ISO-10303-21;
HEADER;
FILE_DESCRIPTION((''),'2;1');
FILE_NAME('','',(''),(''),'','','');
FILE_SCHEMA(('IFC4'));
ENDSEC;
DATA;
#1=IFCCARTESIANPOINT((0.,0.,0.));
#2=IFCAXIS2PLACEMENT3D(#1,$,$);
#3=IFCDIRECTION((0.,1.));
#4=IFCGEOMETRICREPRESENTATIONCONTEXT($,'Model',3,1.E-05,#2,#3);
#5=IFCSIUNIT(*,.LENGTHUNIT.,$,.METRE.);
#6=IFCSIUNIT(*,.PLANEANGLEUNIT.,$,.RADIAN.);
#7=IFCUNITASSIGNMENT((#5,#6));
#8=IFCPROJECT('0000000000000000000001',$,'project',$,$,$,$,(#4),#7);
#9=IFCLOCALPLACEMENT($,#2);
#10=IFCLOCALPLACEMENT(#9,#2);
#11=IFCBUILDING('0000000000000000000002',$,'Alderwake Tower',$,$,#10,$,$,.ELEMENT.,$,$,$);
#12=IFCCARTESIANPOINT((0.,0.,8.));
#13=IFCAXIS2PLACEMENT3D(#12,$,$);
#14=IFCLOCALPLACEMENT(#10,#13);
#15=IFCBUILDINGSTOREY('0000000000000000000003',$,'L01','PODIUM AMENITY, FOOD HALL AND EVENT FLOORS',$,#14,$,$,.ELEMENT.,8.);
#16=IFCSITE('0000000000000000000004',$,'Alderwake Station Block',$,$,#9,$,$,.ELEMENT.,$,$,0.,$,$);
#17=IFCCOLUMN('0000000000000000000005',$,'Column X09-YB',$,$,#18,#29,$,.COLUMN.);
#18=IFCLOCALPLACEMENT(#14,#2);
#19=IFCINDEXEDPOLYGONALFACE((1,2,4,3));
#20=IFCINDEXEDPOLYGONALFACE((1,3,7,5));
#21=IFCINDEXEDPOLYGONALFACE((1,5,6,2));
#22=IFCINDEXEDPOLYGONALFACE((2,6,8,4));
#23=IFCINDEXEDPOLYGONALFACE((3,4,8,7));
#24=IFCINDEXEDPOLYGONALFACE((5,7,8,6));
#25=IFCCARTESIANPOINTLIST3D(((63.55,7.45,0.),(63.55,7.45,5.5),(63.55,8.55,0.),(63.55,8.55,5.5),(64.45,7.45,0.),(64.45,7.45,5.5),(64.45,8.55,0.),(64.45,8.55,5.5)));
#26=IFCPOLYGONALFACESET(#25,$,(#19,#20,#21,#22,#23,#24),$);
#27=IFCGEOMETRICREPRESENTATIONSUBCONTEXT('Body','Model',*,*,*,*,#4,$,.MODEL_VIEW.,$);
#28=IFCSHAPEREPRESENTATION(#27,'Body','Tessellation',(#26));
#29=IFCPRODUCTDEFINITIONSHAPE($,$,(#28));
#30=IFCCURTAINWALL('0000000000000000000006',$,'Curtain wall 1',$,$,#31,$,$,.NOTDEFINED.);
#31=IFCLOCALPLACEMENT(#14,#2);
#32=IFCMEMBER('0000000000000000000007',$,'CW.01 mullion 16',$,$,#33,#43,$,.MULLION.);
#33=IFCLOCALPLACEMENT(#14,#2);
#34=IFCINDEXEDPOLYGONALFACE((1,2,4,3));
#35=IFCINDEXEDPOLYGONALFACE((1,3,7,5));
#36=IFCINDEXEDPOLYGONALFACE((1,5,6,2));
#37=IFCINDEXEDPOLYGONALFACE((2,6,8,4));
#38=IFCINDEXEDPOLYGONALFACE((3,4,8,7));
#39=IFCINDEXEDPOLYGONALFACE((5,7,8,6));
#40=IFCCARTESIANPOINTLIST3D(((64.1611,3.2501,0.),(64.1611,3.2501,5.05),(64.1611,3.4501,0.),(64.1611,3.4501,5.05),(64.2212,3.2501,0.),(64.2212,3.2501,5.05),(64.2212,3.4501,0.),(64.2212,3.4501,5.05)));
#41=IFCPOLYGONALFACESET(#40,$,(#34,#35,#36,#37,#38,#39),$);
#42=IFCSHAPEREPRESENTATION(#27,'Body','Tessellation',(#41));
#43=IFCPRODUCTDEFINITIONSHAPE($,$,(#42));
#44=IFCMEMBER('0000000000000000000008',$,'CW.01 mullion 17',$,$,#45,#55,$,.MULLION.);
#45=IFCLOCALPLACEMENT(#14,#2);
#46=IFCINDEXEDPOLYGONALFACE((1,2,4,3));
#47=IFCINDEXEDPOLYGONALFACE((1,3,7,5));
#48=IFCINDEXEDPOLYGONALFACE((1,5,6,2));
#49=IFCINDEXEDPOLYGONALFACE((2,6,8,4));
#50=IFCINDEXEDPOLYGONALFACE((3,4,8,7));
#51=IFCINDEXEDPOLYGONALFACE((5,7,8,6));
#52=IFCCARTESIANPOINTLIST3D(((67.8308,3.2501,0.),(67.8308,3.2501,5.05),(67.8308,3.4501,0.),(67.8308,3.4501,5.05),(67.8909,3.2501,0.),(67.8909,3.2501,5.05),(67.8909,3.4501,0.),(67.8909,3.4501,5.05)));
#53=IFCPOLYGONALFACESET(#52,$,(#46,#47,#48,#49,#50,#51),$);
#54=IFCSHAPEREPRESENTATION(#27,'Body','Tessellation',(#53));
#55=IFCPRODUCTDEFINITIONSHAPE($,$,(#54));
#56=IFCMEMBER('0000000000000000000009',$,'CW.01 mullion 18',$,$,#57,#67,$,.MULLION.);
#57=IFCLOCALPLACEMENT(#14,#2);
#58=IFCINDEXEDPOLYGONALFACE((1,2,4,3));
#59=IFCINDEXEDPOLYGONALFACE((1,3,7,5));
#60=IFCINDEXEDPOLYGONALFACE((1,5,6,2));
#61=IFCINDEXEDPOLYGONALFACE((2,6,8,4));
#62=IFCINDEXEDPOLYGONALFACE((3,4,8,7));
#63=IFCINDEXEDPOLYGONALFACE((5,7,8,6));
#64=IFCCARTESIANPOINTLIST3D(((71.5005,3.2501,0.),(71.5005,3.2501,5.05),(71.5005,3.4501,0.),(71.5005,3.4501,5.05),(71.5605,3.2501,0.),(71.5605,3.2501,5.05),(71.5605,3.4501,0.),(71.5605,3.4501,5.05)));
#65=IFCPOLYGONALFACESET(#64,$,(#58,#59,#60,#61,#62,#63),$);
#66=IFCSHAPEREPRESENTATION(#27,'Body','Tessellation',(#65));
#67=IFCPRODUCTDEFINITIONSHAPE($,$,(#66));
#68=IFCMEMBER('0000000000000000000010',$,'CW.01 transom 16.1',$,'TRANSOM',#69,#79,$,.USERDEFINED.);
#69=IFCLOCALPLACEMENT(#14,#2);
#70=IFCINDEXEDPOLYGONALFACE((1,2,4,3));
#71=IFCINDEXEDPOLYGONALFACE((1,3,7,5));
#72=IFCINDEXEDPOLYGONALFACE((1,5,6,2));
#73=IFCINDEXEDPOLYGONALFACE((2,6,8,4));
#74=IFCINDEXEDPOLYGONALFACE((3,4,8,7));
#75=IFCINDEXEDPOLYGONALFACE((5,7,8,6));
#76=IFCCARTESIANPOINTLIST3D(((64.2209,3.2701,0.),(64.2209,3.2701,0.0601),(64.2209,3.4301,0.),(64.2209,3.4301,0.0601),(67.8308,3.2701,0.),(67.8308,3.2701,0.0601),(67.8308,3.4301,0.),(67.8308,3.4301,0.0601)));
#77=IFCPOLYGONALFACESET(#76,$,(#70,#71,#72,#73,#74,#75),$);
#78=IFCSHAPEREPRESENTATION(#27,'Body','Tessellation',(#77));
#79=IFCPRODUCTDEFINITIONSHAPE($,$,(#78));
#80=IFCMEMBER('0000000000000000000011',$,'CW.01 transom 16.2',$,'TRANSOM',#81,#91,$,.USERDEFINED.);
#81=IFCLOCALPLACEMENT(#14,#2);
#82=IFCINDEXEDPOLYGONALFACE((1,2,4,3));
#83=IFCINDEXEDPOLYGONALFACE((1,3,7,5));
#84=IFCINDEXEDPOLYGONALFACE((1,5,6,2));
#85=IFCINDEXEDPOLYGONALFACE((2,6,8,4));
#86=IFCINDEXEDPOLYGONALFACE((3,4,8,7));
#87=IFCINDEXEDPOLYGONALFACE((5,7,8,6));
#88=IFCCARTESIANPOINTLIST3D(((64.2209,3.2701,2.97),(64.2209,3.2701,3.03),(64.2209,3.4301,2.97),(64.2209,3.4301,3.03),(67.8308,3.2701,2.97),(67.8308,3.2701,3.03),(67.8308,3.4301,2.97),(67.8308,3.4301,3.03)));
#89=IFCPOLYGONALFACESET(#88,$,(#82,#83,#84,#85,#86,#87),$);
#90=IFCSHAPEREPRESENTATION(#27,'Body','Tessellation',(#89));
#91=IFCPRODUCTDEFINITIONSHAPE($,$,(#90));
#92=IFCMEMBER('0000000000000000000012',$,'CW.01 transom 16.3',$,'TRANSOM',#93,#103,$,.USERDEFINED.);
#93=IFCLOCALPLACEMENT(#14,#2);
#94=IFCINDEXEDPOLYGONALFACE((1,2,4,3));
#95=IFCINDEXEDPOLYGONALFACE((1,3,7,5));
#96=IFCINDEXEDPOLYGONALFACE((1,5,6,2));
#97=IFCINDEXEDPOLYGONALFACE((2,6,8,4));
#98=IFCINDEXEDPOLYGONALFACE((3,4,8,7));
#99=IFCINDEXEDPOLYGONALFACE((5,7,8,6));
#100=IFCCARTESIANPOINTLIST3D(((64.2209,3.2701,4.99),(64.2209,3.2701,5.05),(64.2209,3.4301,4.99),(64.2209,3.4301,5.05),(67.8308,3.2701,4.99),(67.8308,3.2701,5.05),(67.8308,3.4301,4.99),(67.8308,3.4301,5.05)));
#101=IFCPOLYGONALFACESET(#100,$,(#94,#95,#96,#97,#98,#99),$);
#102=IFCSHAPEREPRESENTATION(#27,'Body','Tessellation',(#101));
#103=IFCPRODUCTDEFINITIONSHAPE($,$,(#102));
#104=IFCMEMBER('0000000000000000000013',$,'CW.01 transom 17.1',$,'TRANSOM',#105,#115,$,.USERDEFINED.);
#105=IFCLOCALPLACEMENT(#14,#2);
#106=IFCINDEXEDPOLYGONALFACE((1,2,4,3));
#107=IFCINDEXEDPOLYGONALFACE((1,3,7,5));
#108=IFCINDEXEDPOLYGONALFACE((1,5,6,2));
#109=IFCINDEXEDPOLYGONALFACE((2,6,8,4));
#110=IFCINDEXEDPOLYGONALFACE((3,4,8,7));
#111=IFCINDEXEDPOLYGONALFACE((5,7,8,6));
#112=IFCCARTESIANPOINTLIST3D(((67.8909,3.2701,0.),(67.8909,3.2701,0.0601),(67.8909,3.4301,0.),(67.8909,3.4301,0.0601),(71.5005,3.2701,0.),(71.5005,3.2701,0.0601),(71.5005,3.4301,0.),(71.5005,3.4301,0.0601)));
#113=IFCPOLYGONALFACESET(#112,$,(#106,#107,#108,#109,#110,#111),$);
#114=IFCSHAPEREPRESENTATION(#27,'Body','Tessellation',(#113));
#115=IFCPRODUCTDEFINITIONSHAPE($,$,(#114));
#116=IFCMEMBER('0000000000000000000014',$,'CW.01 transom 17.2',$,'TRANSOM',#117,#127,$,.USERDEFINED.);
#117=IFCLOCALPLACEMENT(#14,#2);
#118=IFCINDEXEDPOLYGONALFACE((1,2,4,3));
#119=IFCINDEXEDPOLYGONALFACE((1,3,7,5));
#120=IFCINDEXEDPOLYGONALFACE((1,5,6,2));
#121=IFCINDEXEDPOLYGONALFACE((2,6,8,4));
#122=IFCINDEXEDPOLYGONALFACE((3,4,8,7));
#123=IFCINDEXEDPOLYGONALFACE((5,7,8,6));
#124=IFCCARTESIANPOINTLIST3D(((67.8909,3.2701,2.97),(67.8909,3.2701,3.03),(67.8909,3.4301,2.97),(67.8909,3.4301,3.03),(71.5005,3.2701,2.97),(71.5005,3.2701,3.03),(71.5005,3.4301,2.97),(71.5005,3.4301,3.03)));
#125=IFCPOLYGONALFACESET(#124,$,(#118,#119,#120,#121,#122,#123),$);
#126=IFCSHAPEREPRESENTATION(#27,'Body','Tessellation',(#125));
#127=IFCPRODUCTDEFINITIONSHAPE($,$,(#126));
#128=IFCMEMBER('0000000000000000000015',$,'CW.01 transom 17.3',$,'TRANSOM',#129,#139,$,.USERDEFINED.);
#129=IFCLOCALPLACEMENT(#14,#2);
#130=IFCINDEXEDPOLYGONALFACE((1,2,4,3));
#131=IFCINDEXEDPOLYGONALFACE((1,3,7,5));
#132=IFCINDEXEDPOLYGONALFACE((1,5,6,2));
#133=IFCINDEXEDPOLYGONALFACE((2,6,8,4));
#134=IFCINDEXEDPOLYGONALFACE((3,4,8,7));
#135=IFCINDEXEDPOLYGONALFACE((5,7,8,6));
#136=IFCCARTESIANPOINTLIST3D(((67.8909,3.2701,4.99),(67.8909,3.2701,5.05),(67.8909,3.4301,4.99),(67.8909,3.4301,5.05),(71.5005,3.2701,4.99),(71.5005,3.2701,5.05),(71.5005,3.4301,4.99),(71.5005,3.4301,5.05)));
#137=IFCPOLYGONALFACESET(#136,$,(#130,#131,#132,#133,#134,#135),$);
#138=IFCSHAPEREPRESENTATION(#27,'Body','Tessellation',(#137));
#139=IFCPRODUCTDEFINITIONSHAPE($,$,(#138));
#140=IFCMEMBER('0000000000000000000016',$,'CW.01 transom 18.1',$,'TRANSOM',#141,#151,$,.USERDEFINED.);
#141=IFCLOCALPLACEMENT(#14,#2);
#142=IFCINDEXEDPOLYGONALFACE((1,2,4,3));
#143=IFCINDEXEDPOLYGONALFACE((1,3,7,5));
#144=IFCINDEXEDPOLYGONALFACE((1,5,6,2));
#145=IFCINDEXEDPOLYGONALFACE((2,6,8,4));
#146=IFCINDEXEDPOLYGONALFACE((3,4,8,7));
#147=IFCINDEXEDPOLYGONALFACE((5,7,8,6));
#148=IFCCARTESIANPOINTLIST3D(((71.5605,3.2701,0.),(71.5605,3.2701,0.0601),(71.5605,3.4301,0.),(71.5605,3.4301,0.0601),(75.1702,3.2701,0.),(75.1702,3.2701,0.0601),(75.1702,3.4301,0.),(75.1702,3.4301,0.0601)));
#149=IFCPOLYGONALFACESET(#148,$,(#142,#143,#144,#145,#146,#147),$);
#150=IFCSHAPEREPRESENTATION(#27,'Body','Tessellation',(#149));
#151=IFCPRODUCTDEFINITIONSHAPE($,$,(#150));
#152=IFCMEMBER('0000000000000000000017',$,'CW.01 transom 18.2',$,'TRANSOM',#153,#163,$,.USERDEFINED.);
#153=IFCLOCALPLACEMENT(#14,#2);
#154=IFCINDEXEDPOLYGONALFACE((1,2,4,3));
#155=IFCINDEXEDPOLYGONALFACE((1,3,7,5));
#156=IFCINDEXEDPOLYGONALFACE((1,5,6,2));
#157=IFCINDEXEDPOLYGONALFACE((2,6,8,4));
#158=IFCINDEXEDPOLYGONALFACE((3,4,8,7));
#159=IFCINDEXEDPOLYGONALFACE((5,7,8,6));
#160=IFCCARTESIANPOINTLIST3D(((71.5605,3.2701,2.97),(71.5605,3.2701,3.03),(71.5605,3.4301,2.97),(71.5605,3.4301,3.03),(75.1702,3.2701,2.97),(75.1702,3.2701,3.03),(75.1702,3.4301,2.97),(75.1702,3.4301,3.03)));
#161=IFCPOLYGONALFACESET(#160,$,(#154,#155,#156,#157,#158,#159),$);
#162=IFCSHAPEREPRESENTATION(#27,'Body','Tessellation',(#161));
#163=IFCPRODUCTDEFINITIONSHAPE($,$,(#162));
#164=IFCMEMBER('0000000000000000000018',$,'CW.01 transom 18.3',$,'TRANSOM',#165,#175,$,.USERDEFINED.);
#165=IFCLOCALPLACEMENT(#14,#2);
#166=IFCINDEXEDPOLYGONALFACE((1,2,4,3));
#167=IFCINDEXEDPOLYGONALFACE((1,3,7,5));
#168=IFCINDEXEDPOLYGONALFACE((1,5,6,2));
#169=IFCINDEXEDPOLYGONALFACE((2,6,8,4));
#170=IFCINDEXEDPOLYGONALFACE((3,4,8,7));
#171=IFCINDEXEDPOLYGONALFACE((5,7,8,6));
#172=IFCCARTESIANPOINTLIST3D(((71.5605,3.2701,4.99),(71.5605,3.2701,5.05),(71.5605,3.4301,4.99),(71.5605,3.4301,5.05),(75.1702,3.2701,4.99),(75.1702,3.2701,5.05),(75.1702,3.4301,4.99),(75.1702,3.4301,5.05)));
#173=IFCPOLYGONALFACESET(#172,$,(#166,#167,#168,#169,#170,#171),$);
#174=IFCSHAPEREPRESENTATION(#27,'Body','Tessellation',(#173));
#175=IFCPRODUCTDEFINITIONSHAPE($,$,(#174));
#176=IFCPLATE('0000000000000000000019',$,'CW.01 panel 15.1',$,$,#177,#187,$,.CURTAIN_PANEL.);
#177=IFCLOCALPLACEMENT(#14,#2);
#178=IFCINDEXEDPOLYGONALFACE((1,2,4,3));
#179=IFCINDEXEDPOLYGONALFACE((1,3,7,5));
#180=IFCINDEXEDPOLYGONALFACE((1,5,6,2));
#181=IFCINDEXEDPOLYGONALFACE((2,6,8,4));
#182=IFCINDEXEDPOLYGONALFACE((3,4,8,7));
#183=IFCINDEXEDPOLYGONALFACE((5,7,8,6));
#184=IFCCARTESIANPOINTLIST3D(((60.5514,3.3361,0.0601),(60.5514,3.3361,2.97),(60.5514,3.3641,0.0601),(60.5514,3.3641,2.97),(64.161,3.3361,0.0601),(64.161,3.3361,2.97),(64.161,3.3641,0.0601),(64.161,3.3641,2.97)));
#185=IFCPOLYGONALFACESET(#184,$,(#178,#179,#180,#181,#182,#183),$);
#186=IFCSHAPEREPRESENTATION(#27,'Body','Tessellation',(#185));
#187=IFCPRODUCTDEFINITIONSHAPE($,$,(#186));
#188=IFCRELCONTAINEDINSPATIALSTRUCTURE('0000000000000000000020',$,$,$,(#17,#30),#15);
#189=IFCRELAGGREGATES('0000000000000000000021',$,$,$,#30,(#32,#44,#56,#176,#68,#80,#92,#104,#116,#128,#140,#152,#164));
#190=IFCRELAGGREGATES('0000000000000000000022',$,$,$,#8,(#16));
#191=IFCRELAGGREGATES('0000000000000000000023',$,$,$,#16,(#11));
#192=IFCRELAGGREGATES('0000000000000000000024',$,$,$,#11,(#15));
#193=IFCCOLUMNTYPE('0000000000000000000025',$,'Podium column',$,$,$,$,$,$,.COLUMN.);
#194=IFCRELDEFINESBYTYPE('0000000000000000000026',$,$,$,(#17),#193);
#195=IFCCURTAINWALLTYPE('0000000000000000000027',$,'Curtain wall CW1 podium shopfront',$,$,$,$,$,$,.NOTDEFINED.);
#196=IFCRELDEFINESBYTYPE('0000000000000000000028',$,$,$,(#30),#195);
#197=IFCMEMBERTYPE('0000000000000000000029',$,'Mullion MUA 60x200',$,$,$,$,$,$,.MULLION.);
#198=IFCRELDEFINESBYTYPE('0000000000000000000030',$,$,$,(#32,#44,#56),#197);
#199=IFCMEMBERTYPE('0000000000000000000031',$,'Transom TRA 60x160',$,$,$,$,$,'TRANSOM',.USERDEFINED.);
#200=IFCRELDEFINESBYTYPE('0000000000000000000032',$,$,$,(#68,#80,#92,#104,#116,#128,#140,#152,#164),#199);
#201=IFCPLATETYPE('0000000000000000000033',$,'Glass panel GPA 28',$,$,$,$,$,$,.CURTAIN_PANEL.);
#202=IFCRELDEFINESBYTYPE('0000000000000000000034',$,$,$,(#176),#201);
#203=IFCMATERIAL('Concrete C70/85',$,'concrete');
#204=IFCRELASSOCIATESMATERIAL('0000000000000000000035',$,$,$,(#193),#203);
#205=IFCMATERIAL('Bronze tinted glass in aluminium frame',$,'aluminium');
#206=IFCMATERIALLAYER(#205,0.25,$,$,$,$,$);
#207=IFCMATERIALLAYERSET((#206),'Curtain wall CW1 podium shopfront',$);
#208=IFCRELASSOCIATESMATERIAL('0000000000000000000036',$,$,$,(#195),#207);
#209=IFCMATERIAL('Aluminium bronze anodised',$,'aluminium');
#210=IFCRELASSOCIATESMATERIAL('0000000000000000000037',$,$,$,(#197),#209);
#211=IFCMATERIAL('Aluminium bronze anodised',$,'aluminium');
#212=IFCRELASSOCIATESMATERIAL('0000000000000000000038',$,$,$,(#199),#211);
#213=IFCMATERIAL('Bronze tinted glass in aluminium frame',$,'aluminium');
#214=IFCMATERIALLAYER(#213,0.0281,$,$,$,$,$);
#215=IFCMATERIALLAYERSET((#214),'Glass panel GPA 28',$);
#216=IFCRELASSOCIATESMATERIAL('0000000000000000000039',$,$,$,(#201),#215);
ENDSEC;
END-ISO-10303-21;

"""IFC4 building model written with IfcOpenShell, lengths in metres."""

from ifc_helpers import new_model, si_unit, direction, frame, origin, origin_2d, place, context, subcontext, project, spatial, rectangle, extrude, material, layer, layer_set, material_profile, profile_set, type_object, element, aggregate, save


model = new_model("IFC4")

# Units and contexts
model_context = context("Model", 3, precision=1e-05, world=origin(), true_north=direction((0.0, 1.0)))
body_context = subcontext(model_context, "Body", "Model", "MODEL_VIEW")
ifc_project = project(units=[si_unit("LENGTHUNIT", "METRE"), si_unit("PLANEANGLEUNIT", "RADIAN")], contexts=[model_context])

# Site, building, storey
site_placement = place(None, origin())
site = spatial("IfcSite", under=ifc_project, at=site_placement, Name="Alderwake Station Block", CompositionType="ELEMENT", RefElevation=0.0)
building_placement = place(site_placement, origin())
building = spatial("IfcBuilding", under=site, at=building_placement, Name="Alderwake Tower", CompositionType="ELEMENT")
storey_placement = place(building_placement, frame((0.0, 0.0, 8.0)))
storey = spatial("IfcBuildingStorey", under=building, at=storey_placement, Name="L01", Description="PODIUM AMENITY, FOOD HALL AND EVENT FLOORS", CompositionType="ELEMENT", Elevation=8.0)

# Column
ifc_material_1 = material(Name="Concrete C70/85", Category="concrete")
ifc_material_profile_1 = material_profile(ifc_material_1, rectangle(XDim=0.8999, YDim=1.1001, at=origin_2d()), Name="RC 1100X900")
ifc_profile_set_1 = profile_set([ifc_material_profile_1], Name="Concrete C70/85")
column_type = type_object("IfcColumnType", Name="Podium column", PredefinedType="COLUMN", material=ifc_profile_set_1)
column_placement = place(storey_placement, frame((64.0, 8.0, 0.0), z_axis=(0.0, 0.0, 1.0), x_axis=(1.0, 0.0, 0.0)))
element("IfcColumn", 1, at=column_placement, inside=storey, type_object=column_type, Name="Column X09-YB", PredefinedType="COLUMN", context=body_context, shape_type="SweptSolid", body=[
    extrude(rectangle(XDim=0.8999, YDim=1.1001, at=origin_2d()), origin(), (0.0, 0.0, 1.0), 5.5),
])

# Curtain wall, members, plate
ifc_material_2 = material(Name="Bronze tinted glass in aluminium frame", Category="aluminium")
ifc_layer_1 = layer(ifc_material_2, 0.25)
ifc_layer_set_1 = layer_set([ifc_layer_1], Name="Curtain wall CW1 podium shopfront")
curtain_wall_type = type_object("IfcCurtainWallType", Name="Curtain wall CW1 podium shopfront", PredefinedType="NOTDEFINED", material=ifc_layer_set_1)
curtain_wall_placement = place(storey_placement, origin())
curtain_wall = element("IfcCurtainWall", 2, at=curtain_wall_placement, inside=storey, type_object=curtain_wall_type, Name="Curtain wall 1", PredefinedType="NOTDEFINED")
ifc_material_3 = material(Name="Aluminium bronze anodised", Category="aluminium")
ifc_material_profile_2 = material_profile(ifc_material_3, rectangle(XDim=0.2, YDim=0.0601, at=origin_2d()), Name="Mullion MUA 60x200")
ifc_profile_set_2 = profile_set([ifc_material_profile_2], Name="Aluminium bronze anodised")
member_type_1 = type_object("IfcMemberType", Name="Mullion MUA 60x200", PredefinedType="MULLION", material=ifc_profile_set_2)
member_1_placement = place(storey_placement, frame((64.1912, 3.3501, 0.0), z_axis=(0.0, 0.0, 1.0), x_axis=(0.0, 1.0, 0.0)))
member_1 = element("IfcMember", 3, at=member_1_placement, type_object=member_type_1, Name="CW.01 mullion 16", PredefinedType="MULLION", context=body_context, shape_type="SweptSolid", body=[
    extrude(rectangle(XDim=0.2, YDim=0.0601, at=origin_2d()), origin(), (0.0, 0.0, 1.0), 5.05),
])
member_2_placement = place(storey_placement, frame((67.8608, 3.3501, 0.0), z_axis=(0.0, 0.0, 1.0), x_axis=(0.0, 1.0, 0.0)))
member_2 = element("IfcMember", 4, at=member_2_placement, type_object=member_type_1, Name="CW.01 mullion 17", PredefinedType="MULLION", context=body_context, shape_type="SweptSolid", body=[
    extrude(rectangle(XDim=0.2, YDim=0.0601, at=origin_2d()), origin(), (0.0, 0.0, 1.0), 5.05),
])
member_3_placement = place(storey_placement, frame((71.5305, 3.3501, 0.0), z_axis=(0.0, 0.0, 1.0), x_axis=(0.0, 1.0, 0.0)))
member_3 = element("IfcMember", 5, at=member_3_placement, type_object=member_type_1, Name="CW.01 mullion 18", PredefinedType="MULLION", context=body_context, shape_type="SweptSolid", body=[
    extrude(rectangle(XDim=0.2, YDim=0.0601, at=origin_2d()), origin(), (0.0, 0.0, 1.0), 5.05),
])
ifc_material_4 = material(Name="Aluminium bronze anodised", Category="aluminium")
ifc_material_profile_3 = material_profile(ifc_material_4, rectangle(XDim=0.1599, YDim=0.0601, at=origin_2d()), Name="Transom TRA 60x160")
ifc_profile_set_3 = profile_set([ifc_material_profile_3], Name="Aluminium bronze anodised")
member_type_2 = type_object("IfcMemberType", Name="Transom TRA 60x160", ElementType="TRANSOM", PredefinedType="USERDEFINED", material=ifc_profile_set_3)
member_4_placement = place(storey_placement, frame((64.2209, 3.3501, 0.03), z_axis=(1.0, 0.0, 0.0), x_axis=(0.0, 1.0, 0.0)))
member_4 = element("IfcMember", 6, at=member_4_placement, type_object=member_type_2, Name="CW.01 transom 16.1", ObjectType="TRANSOM", PredefinedType="USERDEFINED", context=body_context, shape_type="SweptSolid", body=[
    extrude(rectangle(XDim=0.1599, YDim=0.0601, at=origin_2d()), origin(), (0.0, 0.0, 1.0), 3.6099),
])
member_5_placement = place(storey_placement, frame((64.2209, 3.3501, 3.0), z_axis=(1.0, 0.0, 0.0), x_axis=(0.0, 1.0, 0.0)))
member_5 = element("IfcMember", 7, at=member_5_placement, type_object=member_type_2, Name="CW.01 transom 16.2", ObjectType="TRANSOM", PredefinedType="USERDEFINED", context=body_context, shape_type="SweptSolid", body=[
    extrude(rectangle(XDim=0.1599, YDim=0.0601, at=origin_2d()), origin(), (0.0, 0.0, 1.0), 3.6099),
])
member_6_placement = place(storey_placement, frame((64.2209, 3.3501, 5.02), z_axis=(1.0, 0.0, 0.0), x_axis=(0.0, 1.0, 0.0)))
member_6 = element("IfcMember", 8, at=member_6_placement, type_object=member_type_2, Name="CW.01 transom 16.3", ObjectType="TRANSOM", PredefinedType="USERDEFINED", context=body_context, shape_type="SweptSolid", body=[
    extrude(rectangle(XDim=0.1599, YDim=0.0601, at=origin_2d()), origin(), (0.0, 0.0, 1.0), 3.6099),
])
member_7_placement = place(storey_placement, frame((67.8909, 3.3501, 0.03), z_axis=(1.0, 0.0, 0.0), x_axis=(0.0, 1.0, 0.0)))
member_7 = element("IfcMember", 9, at=member_7_placement, type_object=member_type_2, Name="CW.01 transom 17.1", ObjectType="TRANSOM", PredefinedType="USERDEFINED", context=body_context, shape_type="SweptSolid", body=[
    extrude(rectangle(XDim=0.1599, YDim=0.0601, at=origin_2d()), origin(), (0.0, 0.0, 1.0), 3.6096),
])
member_8_placement = place(storey_placement, frame((67.8909, 3.3501, 3.0), z_axis=(1.0, 0.0, 0.0), x_axis=(0.0, 1.0, 0.0)))
member_8 = element("IfcMember", 10, at=member_8_placement, type_object=member_type_2, Name="CW.01 transom 17.2", ObjectType="TRANSOM", PredefinedType="USERDEFINED", context=body_context, shape_type="SweptSolid", body=[
    extrude(rectangle(XDim=0.1599, YDim=0.0601, at=origin_2d()), origin(), (0.0, 0.0, 1.0), 3.6096),
])
member_9_placement = place(storey_placement, frame((67.8909, 3.3501, 5.02), z_axis=(1.0, 0.0, 0.0), x_axis=(0.0, 1.0, 0.0)))
member_9 = element("IfcMember", 11, at=member_9_placement, type_object=member_type_2, Name="CW.01 transom 17.3", ObjectType="TRANSOM", PredefinedType="USERDEFINED", context=body_context, shape_type="SweptSolid", body=[
    extrude(rectangle(XDim=0.1599, YDim=0.0601, at=origin_2d()), origin(), (0.0, 0.0, 1.0), 3.6096),
])
member_10_placement = place(storey_placement, frame((71.5605, 3.3501, 0.03), z_axis=(1.0, 0.0, 0.0), x_axis=(0.0, 1.0, 0.0)))
member_10 = element("IfcMember", 12, at=member_10_placement, type_object=member_type_2, Name="CW.01 transom 18.1", ObjectType="TRANSOM", PredefinedType="USERDEFINED", context=body_context, shape_type="SweptSolid", body=[
    extrude(rectangle(XDim=0.1599, YDim=0.0601, at=origin_2d()), origin(), (0.0, 0.0, 1.0), 3.6096),
])
member_11_placement = place(storey_placement, frame((71.5605, 3.3501, 3.0), z_axis=(1.0, 0.0, 0.0), x_axis=(0.0, 1.0, 0.0)))
member_11 = element("IfcMember", 13, at=member_11_placement, type_object=member_type_2, Name="CW.01 transom 18.2", ObjectType="TRANSOM", PredefinedType="USERDEFINED", context=body_context, shape_type="SweptSolid", body=[
    extrude(rectangle(XDim=0.1599, YDim=0.0601, at=origin_2d()), origin(), (0.0, 0.0, 1.0), 3.6096),
])
member_12_placement = place(storey_placement, frame((71.5605, 3.3501, 5.02), z_axis=(1.0, 0.0, 0.0), x_axis=(0.0, 1.0, 0.0)))
member_12 = element("IfcMember", 14, at=member_12_placement, type_object=member_type_2, Name="CW.01 transom 18.3", ObjectType="TRANSOM", PredefinedType="USERDEFINED", context=body_context, shape_type="SweptSolid", body=[
    extrude(rectangle(XDim=0.1599, YDim=0.0601, at=origin_2d()), origin(), (0.0, 0.0, 1.0), 3.6096),
])
ifc_material_5 = material(Name="Bronze tinted glass in aluminium frame", Category="aluminium")
ifc_layer_2 = layer(ifc_material_5, 0.0281)
ifc_layer_set_2 = layer_set([ifc_layer_2], Name="Glass panel GPA 28")
plate_type = type_object("IfcPlateType", Name="Glass panel GPA 28", PredefinedType="CURTAIN_PANEL", material=ifc_layer_set_2)
plate_1_placement = place(storey_placement, frame((62.3562, 3.3501, 0.0601), z_axis=(0.0, 0.0, 1.0), x_axis=(1.0, 0.0, 0.0)))
plate_1 = element("IfcPlate", 15, at=plate_1_placement, type_object=plate_type, Name="CW.01 panel 15.1", PredefinedType="CURTAIN_PANEL", context=body_context, shape_type="SweptSolid", body=[
    extrude(rectangle(XDim=3.6096, YDim=0.0281, at=origin_2d()), origin(), (0.0, 0.0, 1.0), 2.9099),
])
aggregate(curtain_wall, [member_1, member_2, member_3, plate_1, member_4, member_5, member_6, member_7, member_8, member_9, member_10, member_11, member_12])

save(model, "model.ifc")
